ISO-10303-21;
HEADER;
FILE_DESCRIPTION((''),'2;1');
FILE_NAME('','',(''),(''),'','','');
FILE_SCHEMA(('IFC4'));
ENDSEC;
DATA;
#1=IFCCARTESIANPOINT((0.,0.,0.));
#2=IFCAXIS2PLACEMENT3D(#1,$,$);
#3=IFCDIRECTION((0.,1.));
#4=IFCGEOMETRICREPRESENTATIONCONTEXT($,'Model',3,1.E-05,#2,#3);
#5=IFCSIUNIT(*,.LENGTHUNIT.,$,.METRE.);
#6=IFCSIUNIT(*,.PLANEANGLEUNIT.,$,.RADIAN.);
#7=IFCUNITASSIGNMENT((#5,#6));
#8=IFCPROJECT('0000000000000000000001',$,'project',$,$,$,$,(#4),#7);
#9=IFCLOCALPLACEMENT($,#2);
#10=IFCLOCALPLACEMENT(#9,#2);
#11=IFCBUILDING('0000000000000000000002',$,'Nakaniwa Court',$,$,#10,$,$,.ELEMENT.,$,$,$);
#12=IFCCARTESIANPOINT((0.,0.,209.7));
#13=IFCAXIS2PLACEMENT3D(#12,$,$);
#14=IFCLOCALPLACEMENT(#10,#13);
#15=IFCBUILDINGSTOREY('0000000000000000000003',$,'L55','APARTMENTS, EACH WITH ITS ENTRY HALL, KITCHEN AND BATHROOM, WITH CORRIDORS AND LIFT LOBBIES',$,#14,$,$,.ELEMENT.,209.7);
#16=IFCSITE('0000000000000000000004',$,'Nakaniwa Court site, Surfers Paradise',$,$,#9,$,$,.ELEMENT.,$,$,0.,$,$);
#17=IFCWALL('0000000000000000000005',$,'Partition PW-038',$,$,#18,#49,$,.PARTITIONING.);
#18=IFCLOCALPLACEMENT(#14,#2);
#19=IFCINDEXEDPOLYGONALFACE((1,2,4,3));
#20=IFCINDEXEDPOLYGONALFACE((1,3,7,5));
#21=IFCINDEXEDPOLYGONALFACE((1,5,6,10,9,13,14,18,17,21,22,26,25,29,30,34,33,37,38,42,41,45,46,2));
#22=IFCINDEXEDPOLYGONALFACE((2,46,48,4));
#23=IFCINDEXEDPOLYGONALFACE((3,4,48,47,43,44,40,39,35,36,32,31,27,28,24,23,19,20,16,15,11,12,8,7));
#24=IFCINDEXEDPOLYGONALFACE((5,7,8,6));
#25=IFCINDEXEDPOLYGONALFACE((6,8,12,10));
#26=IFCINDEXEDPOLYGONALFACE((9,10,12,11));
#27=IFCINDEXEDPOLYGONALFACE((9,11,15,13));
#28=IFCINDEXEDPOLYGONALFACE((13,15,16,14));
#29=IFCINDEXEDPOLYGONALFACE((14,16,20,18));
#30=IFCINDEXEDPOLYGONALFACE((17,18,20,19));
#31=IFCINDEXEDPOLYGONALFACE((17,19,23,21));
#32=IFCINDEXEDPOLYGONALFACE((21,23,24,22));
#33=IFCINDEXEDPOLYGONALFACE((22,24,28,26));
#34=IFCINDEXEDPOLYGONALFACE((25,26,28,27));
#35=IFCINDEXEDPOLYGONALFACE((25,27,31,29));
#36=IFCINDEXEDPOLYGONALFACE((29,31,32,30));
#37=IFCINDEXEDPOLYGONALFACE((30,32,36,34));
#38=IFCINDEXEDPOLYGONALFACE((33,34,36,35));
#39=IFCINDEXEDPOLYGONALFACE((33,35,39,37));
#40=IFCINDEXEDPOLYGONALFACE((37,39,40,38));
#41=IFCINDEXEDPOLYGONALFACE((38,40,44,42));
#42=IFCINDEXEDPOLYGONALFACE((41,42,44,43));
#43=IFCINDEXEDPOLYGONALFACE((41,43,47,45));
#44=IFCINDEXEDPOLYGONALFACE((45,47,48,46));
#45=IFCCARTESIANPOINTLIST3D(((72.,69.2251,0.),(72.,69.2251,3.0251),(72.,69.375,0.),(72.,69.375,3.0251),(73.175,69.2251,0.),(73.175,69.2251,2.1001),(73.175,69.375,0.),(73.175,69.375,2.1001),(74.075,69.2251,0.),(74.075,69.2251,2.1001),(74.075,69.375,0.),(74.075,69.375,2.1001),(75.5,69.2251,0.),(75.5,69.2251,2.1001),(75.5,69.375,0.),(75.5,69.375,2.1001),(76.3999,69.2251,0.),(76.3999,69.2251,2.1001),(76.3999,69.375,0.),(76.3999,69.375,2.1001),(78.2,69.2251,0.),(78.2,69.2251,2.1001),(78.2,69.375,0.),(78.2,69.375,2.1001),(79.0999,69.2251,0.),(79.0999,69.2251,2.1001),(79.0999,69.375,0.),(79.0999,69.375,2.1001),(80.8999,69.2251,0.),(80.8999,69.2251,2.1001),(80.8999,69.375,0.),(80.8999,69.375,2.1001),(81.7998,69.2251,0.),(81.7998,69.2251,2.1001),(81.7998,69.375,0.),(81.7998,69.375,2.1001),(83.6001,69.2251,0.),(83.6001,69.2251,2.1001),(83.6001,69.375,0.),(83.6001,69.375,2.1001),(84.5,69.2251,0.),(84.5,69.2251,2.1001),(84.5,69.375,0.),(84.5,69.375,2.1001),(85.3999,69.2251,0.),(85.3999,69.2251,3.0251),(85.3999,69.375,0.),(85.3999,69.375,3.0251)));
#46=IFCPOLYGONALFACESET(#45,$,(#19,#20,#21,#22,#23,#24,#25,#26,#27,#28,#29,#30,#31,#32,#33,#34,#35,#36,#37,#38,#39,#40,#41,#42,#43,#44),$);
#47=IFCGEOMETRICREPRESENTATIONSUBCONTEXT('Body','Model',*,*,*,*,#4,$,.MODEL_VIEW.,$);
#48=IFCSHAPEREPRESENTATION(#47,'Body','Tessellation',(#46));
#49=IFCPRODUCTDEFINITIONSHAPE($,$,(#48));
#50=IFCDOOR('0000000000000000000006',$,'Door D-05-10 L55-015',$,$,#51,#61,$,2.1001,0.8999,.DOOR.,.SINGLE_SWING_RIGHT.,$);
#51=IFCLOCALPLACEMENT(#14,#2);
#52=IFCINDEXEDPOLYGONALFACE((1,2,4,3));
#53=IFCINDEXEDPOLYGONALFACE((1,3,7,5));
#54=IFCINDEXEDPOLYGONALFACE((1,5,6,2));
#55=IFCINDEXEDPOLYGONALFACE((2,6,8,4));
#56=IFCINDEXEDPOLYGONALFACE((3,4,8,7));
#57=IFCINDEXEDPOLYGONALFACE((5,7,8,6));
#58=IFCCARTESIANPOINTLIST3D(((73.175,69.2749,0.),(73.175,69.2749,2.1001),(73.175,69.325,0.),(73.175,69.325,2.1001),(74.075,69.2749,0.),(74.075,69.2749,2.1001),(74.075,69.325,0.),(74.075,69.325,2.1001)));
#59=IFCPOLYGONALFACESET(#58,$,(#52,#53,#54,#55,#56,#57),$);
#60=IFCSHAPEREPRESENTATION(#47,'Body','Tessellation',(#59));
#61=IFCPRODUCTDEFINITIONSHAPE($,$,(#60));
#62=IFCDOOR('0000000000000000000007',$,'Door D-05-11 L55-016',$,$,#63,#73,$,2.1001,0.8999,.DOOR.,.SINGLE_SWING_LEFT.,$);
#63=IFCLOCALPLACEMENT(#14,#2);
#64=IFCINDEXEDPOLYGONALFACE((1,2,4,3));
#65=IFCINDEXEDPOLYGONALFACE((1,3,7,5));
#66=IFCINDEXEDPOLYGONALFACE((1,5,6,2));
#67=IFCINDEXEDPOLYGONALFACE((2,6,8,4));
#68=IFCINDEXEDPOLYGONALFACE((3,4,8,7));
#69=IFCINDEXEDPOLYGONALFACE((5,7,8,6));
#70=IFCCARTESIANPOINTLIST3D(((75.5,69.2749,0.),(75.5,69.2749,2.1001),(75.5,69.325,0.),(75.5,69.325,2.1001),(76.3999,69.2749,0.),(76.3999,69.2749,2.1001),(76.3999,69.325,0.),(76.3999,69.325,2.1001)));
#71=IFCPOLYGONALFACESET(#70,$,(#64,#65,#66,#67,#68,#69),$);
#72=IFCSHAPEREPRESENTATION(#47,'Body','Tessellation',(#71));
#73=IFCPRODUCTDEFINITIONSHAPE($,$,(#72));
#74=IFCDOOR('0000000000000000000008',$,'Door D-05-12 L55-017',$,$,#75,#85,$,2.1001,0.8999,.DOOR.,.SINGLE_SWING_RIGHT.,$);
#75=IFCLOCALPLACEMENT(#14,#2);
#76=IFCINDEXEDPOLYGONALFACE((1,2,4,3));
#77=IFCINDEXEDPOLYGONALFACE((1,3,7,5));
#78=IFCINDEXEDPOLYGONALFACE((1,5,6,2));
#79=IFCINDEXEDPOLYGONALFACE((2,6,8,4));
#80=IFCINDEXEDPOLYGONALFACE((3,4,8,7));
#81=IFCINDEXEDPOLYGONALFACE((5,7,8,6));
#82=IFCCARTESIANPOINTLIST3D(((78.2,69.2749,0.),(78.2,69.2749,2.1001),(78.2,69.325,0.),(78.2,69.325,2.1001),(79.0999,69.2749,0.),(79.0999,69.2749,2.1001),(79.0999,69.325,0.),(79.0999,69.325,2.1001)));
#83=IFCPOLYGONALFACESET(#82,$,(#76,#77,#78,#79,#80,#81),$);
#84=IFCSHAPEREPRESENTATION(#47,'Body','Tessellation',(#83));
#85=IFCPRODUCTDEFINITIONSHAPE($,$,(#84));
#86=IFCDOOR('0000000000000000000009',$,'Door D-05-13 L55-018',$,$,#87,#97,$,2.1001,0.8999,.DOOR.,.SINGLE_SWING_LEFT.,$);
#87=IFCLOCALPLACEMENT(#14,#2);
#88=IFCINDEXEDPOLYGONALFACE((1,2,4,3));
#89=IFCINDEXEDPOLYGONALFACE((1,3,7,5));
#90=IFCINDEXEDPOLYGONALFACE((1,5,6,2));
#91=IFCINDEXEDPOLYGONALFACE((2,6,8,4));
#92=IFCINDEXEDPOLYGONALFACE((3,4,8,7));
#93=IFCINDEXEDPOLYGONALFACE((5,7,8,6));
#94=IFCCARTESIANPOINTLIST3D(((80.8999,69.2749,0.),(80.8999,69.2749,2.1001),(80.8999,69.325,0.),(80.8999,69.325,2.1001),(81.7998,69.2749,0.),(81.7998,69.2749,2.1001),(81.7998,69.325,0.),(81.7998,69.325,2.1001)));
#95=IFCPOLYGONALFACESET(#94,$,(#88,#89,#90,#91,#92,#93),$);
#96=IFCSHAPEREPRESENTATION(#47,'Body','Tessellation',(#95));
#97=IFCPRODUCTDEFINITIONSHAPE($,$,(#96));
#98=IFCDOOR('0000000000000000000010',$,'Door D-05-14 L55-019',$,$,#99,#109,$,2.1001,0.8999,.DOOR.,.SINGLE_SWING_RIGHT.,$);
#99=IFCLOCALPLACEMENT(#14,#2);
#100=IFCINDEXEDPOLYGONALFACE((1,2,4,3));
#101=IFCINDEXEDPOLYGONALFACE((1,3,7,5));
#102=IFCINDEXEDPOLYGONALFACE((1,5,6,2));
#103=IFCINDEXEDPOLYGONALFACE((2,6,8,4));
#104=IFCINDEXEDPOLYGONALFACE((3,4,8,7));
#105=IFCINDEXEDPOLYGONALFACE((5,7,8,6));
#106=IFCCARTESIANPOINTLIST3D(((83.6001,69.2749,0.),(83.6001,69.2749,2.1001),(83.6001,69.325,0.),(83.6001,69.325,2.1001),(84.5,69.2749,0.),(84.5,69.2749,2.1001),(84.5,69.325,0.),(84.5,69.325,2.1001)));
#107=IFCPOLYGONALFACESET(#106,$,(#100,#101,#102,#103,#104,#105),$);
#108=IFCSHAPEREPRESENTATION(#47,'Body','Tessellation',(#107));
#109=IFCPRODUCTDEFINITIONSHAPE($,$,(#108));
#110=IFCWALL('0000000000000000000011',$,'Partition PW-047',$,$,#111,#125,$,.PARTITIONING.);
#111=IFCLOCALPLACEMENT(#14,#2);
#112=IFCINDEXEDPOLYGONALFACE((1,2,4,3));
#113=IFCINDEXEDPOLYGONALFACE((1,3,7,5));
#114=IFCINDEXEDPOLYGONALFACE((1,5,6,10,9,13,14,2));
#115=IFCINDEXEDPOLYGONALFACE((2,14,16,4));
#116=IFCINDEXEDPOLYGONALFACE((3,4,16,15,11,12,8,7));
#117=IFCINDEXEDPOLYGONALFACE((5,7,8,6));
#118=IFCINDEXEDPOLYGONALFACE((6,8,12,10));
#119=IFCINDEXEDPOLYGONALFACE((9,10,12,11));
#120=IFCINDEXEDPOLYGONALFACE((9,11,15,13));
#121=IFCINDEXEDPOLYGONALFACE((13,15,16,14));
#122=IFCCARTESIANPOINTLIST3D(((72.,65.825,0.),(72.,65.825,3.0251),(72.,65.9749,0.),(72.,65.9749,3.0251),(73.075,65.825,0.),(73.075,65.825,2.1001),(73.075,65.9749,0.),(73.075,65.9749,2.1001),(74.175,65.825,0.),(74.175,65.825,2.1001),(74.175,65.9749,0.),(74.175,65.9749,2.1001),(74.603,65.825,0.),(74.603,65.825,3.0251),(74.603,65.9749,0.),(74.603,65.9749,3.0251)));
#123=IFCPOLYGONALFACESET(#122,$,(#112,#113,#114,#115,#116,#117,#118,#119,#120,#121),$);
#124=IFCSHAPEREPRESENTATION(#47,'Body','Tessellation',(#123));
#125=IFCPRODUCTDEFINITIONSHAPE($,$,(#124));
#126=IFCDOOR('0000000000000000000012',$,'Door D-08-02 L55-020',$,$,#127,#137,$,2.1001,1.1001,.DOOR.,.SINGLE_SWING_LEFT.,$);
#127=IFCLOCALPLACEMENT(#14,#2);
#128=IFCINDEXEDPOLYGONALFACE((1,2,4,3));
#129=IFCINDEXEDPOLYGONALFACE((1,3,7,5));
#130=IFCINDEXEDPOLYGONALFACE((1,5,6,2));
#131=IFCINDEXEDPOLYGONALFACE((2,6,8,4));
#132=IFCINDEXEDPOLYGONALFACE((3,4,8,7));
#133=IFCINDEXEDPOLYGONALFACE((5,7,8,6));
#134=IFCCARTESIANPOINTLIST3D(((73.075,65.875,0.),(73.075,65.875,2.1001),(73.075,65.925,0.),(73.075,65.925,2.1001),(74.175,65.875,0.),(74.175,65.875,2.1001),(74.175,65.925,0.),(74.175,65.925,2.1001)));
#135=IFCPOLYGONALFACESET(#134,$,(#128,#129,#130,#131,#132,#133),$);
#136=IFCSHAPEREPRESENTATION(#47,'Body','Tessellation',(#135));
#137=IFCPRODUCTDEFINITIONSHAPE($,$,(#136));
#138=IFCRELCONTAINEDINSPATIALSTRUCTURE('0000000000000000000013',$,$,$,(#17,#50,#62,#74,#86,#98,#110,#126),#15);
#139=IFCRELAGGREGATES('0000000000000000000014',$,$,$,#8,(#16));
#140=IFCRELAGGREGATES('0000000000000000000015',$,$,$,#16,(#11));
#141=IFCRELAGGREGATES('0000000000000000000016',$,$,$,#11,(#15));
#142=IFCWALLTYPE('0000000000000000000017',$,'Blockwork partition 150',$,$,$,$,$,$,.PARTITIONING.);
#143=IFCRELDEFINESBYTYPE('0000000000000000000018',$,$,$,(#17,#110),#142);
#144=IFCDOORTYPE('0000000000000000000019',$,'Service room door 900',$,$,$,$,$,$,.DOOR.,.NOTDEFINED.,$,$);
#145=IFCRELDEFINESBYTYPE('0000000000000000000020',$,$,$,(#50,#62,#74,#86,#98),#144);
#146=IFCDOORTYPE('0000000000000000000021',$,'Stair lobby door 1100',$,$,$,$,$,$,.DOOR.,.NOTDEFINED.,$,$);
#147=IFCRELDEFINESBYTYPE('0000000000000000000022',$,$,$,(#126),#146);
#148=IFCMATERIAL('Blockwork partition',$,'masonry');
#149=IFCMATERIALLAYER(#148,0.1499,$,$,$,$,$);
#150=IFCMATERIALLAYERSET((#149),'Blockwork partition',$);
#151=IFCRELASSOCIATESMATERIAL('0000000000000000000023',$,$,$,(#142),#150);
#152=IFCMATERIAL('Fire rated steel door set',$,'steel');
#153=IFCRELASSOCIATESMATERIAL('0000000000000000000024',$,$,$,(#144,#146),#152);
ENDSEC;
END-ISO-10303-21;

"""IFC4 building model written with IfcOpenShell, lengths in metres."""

from ifc_helpers import new_model, si_unit, direction, frame, frame_2d, origin, place, context, subcontext, project, spatial, rectangle, extrude, material, layer, layer_set, type_object, element, fill, save


model = new_model("IFC4")

# Units and contexts
model_context = context("Model", 3, precision=1e-05, world=origin(), true_north=direction((0.0, 1.0)))
body_context = subcontext(model_context, "Body", "Model", "MODEL_VIEW")
ifc_project = project(units=[si_unit("LENGTHUNIT", "METRE"), si_unit("PLANEANGLEUNIT", "RADIAN")], contexts=[model_context])

# Site, building, storey
site_placement = place(None, origin())
site = spatial("IfcSite", under=ifc_project, at=site_placement, Name="Nakaniwa Court site, Surfers Paradise", CompositionType="ELEMENT", RefElevation=0.0)
building_placement = place(site_placement, origin())
building = spatial("IfcBuilding", under=site, at=building_placement, Name="Nakaniwa Court", CompositionType="ELEMENT")
storey_placement = place(building_placement, frame((0.0, 0.0, 209.7)))
storey = spatial("IfcBuildingStorey", under=building, at=storey_placement, Name="L55", Description="APARTMENTS, EACH WITH ITS ENTRY HALL, KITCHEN AND BATHROOM, WITH CORRIDORS AND LIFT LOBBIES", CompositionType="ELEMENT", Elevation=209.7)

# Shared definitions
ifc_material_1 = material(Name="Blockwork partition", Category="masonry")
ifc_layer_1 = layer(ifc_material_1, 0.1499)
ifc_layer_set_1 = layer_set([ifc_layer_1], Name="Blockwork partition")
wall_type_1 = type_object("IfcWallType", Name="Blockwork partition 150", PredefinedType="PARTITIONING", material=ifc_layer_set_1)

# Wall, openings, doors
wall_1_placement = place(storey_placement, frame((72.0, 69.3, 0.0), z_axis=(0.0, 0.0, 1.0), x_axis=(1.0, 0.0, 0.0)))
wall_1 = element("IfcWall", 1, at=wall_1_placement, inside=storey, type_object=wall_type_1, Name="Partition PW-038", PredefinedType="PARTITIONING", context=body_context, shape_type="SweptSolid", body=[
    extrude(rectangle(XDim=13.3999, YDim=0.1499, at=frame_2d((6.7, 0.0))), origin(), (0.0, 0.0, 1.0), 3.0251),
])
opening_1_placement = place(wall_1_placement, frame((1.175, 0.0, 0.0)))
opening_1 = element("IfcOpeningElement", 2, at=opening_1_placement, cuts=wall_1, PredefinedType="OPENING", context=body_context, shape_type="SweptSolid", body=[
    extrude(rectangle(XDim=0.8999, YDim=2.1001, at=frame_2d((0.45, 1.05))), frame((0.0, 0.085, 0.0), z_axis=(0.0, -1.0, 0.0), x_axis=(1.0, 0.0, 0.0)), (0.0, 0.0, 1.0), 0.1699),
])
opening_2_placement = place(wall_1_placement, frame((3.5, 0.0, 0.0)))
opening_2 = element("IfcOpeningElement", 3, at=opening_2_placement, cuts=wall_1, PredefinedType="OPENING", context=body_context, shape_type="SweptSolid", body=[
    extrude(rectangle(XDim=0.8999, YDim=2.1001, at=frame_2d((0.45, 1.05))), frame((0.0, 0.085, 0.0), z_axis=(0.0, -1.0, 0.0), x_axis=(1.0, 0.0, 0.0)), (0.0, 0.0, 1.0), 0.1699),
])
opening_3_placement = place(wall_1_placement, frame((6.2, 0.0, 0.0)))
opening_3 = element("IfcOpeningElement", 4, at=opening_3_placement, cuts=wall_1, PredefinedType="OPENING", context=body_context, shape_type="SweptSolid", body=[
    extrude(rectangle(XDim=0.8999, YDim=2.1001, at=frame_2d((0.45, 1.05))), frame((0.0, 0.085, 0.0), z_axis=(0.0, -1.0, 0.0), x_axis=(1.0, 0.0, 0.0)), (0.0, 0.0, 1.0), 0.1699),
])
opening_4_placement = place(wall_1_placement, frame((8.8999, 0.0, 0.0)))
opening_4 = element("IfcOpeningElement", 5, at=opening_4_placement, cuts=wall_1, PredefinedType="OPENING", context=body_context, shape_type="SweptSolid", body=[
    extrude(rectangle(XDim=0.8999, YDim=2.1001, at=frame_2d((0.45, 1.05))), frame((0.0, 0.085, 0.0), z_axis=(0.0, -1.0, 0.0), x_axis=(1.0, 0.0, 0.0)), (0.0, 0.0, 1.0), 0.1699),
])
opening_5_placement = place(wall_1_placement, frame((11.6001, 0.0, 0.0)))
opening_5 = element("IfcOpeningElement", 6, at=opening_5_placement, cuts=wall_1, PredefinedType="OPENING", context=body_context, shape_type="SweptSolid", body=[
    extrude(rectangle(XDim=0.8999, YDim=2.1001, at=frame_2d((0.45, 1.05))), frame((0.0, 0.085, 0.0), z_axis=(0.0, -1.0, 0.0), x_axis=(1.0, 0.0, 0.0)), (0.0, 0.0, 1.0), 0.1699),
])
ifc_material_2 = material(Name="Fire rated steel door set", Category="steel")
door_type_1 = type_object("IfcDoorType", Name="Service room door 900", OperationType="NOTDEFINED", PredefinedType="DOOR", material=ifc_material_2)
door_1_placement = place(opening_1_placement, origin())
door_1 = element("IfcDoor", 7, at=door_1_placement, inside=storey, type_object=door_type_1, Name="Door D-05-10 L55-015", OperationType="SINGLE_SWING_RIGHT", OverallHeight=2.1001, OverallWidth=0.8999, PredefinedType="DOOR", context=body_context, shape_type="SweptSolid", body=[
    extrude(rectangle(XDim=0.8999, YDim=2.1001, at=frame_2d((0.45, 1.05))), frame((0.0, 0.0249, 0.0), z_axis=(0.0, -1.0, 0.0), x_axis=(1.0, 0.0, 0.0)), (0.0, 0.0, 1.0), 0.05),
])
fill(opening_1, door_1)
door_2_placement = place(opening_2_placement, origin())
door_2 = element("IfcDoor", 8, at=door_2_placement, inside=storey, type_object=door_type_1, Name="Door D-05-11 L55-016", OperationType="SINGLE_SWING_LEFT", OverallHeight=2.1001, OverallWidth=0.8999, PredefinedType="DOOR", context=body_context, shape_type="SweptSolid", body=[
    extrude(rectangle(XDim=0.8999, YDim=2.1001, at=frame_2d((0.45, 1.05))), frame((0.0, 0.0249, 0.0), z_axis=(0.0, -1.0, 0.0), x_axis=(1.0, 0.0, 0.0)), (0.0, 0.0, 1.0), 0.05),
])
fill(opening_2, door_2)
door_3_placement = place(opening_3_placement, origin())
door_3 = element("IfcDoor", 9, at=door_3_placement, inside=storey, type_object=door_type_1, Name="Door D-05-12 L55-017", OperationType="SINGLE_SWING_RIGHT", OverallHeight=2.1001, OverallWidth=0.8999, PredefinedType="DOOR", context=body_context, shape_type="SweptSolid", body=[
    extrude(rectangle(XDim=0.8999, YDim=2.1001, at=frame_2d((0.45, 1.05))), frame((0.0, 0.0249, 0.0), z_axis=(0.0, -1.0, 0.0), x_axis=(1.0, 0.0, 0.0)), (0.0, 0.0, 1.0), 0.05),
])
fill(opening_3, door_3)
door_4_placement = place(opening_4_placement, origin())
door_4 = element("IfcDoor", 10, at=door_4_placement, inside=storey, type_object=door_type_1, Name="Door D-05-13 L55-018", OperationType="SINGLE_SWING_LEFT", OverallHeight=2.1001, OverallWidth=0.8999, PredefinedType="DOOR", context=body_context, shape_type="SweptSolid", body=[
    extrude(rectangle(XDim=0.8999, YDim=2.1001, at=frame_2d((0.45, 1.05))), frame((0.0, 0.0249, 0.0), z_axis=(0.0, -1.0, 0.0), x_axis=(1.0, 0.0, 0.0)), (0.0, 0.0, 1.0), 0.05),
])
fill(opening_4, door_4)
door_5_placement = place(opening_5_placement, origin())
door_5 = element("IfcDoor", 11, at=door_5_placement, inside=storey, type_object=door_type_1, Name="Door D-05-14 L55-019", OperationType="SINGLE_SWING_RIGHT", OverallHeight=2.1001, OverallWidth=0.8999, PredefinedType="DOOR", context=body_context, shape_type="SweptSolid", body=[
    extrude(rectangle(XDim=0.8999, YDim=2.1001, at=frame_2d((0.45, 1.05))), frame((0.0, 0.0249, 0.0), z_axis=(0.0, -1.0, 0.0), x_axis=(1.0, 0.0, 0.0)), (0.0, 0.0, 1.0), 0.05),
])
fill(opening_5, door_5)

# Wall, opening, door
wall_2_placement = place(storey_placement, frame((74.603, 65.8999, 0.0), z_axis=(0.0, 0.0, 1.0), x_axis=(-1.0, 0.0, 0.0)))
wall_2 = element("IfcWall", 12, at=wall_2_placement, inside=storey, type_object=wall_type_1, Name="Partition PW-047", PredefinedType="PARTITIONING", context=body_context, shape_type="SweptSolid", body=[
    extrude(rectangle(XDim=2.603, YDim=0.1499, at=frame_2d((1.3015, 0.0))), origin(), (0.0, 0.0, 1.0), 3.0251),
])
opening_6_placement = place(wall_2_placement, frame((0.428, 0.0, 0.0)))
opening_6 = element("IfcOpeningElement", 13, at=opening_6_placement, cuts=wall_2, PredefinedType="OPENING", context=body_context, shape_type="SweptSolid", body=[
    extrude(rectangle(XDim=1.1001, YDim=2.1001, at=frame_2d((0.55, 1.05))), frame((0.0, 0.085, 0.0), z_axis=(0.0, -1.0, 0.0), x_axis=(1.0, 0.0, 0.0)), (0.0, 0.0, 1.0), 0.1699),
])
door_type_2 = type_object("IfcDoorType", Name="Stair lobby door 1100", OperationType="NOTDEFINED", PredefinedType="DOOR", material=ifc_material_2)
door_6_placement = place(opening_6_placement, origin())
door_6 = element("IfcDoor", 14, at=door_6_placement, inside=storey, type_object=door_type_2, Name="Door D-08-02 L55-020", OperationType="SINGLE_SWING_LEFT", OverallHeight=2.1001, OverallWidth=1.1001, PredefinedType="DOOR", context=body_context, shape_type="SweptSolid", body=[
    extrude(rectangle(XDim=1.1001, YDim=2.1001, at=frame_2d((0.55, 1.05))), frame((0.0, 0.0249, 0.0), z_axis=(0.0, -1.0, 0.0), x_axis=(1.0, 0.0, 0.0)), (0.0, 0.0, 1.0), 0.05),
])
fill(opening_6, door_6)

save(model, "model.ifc")
